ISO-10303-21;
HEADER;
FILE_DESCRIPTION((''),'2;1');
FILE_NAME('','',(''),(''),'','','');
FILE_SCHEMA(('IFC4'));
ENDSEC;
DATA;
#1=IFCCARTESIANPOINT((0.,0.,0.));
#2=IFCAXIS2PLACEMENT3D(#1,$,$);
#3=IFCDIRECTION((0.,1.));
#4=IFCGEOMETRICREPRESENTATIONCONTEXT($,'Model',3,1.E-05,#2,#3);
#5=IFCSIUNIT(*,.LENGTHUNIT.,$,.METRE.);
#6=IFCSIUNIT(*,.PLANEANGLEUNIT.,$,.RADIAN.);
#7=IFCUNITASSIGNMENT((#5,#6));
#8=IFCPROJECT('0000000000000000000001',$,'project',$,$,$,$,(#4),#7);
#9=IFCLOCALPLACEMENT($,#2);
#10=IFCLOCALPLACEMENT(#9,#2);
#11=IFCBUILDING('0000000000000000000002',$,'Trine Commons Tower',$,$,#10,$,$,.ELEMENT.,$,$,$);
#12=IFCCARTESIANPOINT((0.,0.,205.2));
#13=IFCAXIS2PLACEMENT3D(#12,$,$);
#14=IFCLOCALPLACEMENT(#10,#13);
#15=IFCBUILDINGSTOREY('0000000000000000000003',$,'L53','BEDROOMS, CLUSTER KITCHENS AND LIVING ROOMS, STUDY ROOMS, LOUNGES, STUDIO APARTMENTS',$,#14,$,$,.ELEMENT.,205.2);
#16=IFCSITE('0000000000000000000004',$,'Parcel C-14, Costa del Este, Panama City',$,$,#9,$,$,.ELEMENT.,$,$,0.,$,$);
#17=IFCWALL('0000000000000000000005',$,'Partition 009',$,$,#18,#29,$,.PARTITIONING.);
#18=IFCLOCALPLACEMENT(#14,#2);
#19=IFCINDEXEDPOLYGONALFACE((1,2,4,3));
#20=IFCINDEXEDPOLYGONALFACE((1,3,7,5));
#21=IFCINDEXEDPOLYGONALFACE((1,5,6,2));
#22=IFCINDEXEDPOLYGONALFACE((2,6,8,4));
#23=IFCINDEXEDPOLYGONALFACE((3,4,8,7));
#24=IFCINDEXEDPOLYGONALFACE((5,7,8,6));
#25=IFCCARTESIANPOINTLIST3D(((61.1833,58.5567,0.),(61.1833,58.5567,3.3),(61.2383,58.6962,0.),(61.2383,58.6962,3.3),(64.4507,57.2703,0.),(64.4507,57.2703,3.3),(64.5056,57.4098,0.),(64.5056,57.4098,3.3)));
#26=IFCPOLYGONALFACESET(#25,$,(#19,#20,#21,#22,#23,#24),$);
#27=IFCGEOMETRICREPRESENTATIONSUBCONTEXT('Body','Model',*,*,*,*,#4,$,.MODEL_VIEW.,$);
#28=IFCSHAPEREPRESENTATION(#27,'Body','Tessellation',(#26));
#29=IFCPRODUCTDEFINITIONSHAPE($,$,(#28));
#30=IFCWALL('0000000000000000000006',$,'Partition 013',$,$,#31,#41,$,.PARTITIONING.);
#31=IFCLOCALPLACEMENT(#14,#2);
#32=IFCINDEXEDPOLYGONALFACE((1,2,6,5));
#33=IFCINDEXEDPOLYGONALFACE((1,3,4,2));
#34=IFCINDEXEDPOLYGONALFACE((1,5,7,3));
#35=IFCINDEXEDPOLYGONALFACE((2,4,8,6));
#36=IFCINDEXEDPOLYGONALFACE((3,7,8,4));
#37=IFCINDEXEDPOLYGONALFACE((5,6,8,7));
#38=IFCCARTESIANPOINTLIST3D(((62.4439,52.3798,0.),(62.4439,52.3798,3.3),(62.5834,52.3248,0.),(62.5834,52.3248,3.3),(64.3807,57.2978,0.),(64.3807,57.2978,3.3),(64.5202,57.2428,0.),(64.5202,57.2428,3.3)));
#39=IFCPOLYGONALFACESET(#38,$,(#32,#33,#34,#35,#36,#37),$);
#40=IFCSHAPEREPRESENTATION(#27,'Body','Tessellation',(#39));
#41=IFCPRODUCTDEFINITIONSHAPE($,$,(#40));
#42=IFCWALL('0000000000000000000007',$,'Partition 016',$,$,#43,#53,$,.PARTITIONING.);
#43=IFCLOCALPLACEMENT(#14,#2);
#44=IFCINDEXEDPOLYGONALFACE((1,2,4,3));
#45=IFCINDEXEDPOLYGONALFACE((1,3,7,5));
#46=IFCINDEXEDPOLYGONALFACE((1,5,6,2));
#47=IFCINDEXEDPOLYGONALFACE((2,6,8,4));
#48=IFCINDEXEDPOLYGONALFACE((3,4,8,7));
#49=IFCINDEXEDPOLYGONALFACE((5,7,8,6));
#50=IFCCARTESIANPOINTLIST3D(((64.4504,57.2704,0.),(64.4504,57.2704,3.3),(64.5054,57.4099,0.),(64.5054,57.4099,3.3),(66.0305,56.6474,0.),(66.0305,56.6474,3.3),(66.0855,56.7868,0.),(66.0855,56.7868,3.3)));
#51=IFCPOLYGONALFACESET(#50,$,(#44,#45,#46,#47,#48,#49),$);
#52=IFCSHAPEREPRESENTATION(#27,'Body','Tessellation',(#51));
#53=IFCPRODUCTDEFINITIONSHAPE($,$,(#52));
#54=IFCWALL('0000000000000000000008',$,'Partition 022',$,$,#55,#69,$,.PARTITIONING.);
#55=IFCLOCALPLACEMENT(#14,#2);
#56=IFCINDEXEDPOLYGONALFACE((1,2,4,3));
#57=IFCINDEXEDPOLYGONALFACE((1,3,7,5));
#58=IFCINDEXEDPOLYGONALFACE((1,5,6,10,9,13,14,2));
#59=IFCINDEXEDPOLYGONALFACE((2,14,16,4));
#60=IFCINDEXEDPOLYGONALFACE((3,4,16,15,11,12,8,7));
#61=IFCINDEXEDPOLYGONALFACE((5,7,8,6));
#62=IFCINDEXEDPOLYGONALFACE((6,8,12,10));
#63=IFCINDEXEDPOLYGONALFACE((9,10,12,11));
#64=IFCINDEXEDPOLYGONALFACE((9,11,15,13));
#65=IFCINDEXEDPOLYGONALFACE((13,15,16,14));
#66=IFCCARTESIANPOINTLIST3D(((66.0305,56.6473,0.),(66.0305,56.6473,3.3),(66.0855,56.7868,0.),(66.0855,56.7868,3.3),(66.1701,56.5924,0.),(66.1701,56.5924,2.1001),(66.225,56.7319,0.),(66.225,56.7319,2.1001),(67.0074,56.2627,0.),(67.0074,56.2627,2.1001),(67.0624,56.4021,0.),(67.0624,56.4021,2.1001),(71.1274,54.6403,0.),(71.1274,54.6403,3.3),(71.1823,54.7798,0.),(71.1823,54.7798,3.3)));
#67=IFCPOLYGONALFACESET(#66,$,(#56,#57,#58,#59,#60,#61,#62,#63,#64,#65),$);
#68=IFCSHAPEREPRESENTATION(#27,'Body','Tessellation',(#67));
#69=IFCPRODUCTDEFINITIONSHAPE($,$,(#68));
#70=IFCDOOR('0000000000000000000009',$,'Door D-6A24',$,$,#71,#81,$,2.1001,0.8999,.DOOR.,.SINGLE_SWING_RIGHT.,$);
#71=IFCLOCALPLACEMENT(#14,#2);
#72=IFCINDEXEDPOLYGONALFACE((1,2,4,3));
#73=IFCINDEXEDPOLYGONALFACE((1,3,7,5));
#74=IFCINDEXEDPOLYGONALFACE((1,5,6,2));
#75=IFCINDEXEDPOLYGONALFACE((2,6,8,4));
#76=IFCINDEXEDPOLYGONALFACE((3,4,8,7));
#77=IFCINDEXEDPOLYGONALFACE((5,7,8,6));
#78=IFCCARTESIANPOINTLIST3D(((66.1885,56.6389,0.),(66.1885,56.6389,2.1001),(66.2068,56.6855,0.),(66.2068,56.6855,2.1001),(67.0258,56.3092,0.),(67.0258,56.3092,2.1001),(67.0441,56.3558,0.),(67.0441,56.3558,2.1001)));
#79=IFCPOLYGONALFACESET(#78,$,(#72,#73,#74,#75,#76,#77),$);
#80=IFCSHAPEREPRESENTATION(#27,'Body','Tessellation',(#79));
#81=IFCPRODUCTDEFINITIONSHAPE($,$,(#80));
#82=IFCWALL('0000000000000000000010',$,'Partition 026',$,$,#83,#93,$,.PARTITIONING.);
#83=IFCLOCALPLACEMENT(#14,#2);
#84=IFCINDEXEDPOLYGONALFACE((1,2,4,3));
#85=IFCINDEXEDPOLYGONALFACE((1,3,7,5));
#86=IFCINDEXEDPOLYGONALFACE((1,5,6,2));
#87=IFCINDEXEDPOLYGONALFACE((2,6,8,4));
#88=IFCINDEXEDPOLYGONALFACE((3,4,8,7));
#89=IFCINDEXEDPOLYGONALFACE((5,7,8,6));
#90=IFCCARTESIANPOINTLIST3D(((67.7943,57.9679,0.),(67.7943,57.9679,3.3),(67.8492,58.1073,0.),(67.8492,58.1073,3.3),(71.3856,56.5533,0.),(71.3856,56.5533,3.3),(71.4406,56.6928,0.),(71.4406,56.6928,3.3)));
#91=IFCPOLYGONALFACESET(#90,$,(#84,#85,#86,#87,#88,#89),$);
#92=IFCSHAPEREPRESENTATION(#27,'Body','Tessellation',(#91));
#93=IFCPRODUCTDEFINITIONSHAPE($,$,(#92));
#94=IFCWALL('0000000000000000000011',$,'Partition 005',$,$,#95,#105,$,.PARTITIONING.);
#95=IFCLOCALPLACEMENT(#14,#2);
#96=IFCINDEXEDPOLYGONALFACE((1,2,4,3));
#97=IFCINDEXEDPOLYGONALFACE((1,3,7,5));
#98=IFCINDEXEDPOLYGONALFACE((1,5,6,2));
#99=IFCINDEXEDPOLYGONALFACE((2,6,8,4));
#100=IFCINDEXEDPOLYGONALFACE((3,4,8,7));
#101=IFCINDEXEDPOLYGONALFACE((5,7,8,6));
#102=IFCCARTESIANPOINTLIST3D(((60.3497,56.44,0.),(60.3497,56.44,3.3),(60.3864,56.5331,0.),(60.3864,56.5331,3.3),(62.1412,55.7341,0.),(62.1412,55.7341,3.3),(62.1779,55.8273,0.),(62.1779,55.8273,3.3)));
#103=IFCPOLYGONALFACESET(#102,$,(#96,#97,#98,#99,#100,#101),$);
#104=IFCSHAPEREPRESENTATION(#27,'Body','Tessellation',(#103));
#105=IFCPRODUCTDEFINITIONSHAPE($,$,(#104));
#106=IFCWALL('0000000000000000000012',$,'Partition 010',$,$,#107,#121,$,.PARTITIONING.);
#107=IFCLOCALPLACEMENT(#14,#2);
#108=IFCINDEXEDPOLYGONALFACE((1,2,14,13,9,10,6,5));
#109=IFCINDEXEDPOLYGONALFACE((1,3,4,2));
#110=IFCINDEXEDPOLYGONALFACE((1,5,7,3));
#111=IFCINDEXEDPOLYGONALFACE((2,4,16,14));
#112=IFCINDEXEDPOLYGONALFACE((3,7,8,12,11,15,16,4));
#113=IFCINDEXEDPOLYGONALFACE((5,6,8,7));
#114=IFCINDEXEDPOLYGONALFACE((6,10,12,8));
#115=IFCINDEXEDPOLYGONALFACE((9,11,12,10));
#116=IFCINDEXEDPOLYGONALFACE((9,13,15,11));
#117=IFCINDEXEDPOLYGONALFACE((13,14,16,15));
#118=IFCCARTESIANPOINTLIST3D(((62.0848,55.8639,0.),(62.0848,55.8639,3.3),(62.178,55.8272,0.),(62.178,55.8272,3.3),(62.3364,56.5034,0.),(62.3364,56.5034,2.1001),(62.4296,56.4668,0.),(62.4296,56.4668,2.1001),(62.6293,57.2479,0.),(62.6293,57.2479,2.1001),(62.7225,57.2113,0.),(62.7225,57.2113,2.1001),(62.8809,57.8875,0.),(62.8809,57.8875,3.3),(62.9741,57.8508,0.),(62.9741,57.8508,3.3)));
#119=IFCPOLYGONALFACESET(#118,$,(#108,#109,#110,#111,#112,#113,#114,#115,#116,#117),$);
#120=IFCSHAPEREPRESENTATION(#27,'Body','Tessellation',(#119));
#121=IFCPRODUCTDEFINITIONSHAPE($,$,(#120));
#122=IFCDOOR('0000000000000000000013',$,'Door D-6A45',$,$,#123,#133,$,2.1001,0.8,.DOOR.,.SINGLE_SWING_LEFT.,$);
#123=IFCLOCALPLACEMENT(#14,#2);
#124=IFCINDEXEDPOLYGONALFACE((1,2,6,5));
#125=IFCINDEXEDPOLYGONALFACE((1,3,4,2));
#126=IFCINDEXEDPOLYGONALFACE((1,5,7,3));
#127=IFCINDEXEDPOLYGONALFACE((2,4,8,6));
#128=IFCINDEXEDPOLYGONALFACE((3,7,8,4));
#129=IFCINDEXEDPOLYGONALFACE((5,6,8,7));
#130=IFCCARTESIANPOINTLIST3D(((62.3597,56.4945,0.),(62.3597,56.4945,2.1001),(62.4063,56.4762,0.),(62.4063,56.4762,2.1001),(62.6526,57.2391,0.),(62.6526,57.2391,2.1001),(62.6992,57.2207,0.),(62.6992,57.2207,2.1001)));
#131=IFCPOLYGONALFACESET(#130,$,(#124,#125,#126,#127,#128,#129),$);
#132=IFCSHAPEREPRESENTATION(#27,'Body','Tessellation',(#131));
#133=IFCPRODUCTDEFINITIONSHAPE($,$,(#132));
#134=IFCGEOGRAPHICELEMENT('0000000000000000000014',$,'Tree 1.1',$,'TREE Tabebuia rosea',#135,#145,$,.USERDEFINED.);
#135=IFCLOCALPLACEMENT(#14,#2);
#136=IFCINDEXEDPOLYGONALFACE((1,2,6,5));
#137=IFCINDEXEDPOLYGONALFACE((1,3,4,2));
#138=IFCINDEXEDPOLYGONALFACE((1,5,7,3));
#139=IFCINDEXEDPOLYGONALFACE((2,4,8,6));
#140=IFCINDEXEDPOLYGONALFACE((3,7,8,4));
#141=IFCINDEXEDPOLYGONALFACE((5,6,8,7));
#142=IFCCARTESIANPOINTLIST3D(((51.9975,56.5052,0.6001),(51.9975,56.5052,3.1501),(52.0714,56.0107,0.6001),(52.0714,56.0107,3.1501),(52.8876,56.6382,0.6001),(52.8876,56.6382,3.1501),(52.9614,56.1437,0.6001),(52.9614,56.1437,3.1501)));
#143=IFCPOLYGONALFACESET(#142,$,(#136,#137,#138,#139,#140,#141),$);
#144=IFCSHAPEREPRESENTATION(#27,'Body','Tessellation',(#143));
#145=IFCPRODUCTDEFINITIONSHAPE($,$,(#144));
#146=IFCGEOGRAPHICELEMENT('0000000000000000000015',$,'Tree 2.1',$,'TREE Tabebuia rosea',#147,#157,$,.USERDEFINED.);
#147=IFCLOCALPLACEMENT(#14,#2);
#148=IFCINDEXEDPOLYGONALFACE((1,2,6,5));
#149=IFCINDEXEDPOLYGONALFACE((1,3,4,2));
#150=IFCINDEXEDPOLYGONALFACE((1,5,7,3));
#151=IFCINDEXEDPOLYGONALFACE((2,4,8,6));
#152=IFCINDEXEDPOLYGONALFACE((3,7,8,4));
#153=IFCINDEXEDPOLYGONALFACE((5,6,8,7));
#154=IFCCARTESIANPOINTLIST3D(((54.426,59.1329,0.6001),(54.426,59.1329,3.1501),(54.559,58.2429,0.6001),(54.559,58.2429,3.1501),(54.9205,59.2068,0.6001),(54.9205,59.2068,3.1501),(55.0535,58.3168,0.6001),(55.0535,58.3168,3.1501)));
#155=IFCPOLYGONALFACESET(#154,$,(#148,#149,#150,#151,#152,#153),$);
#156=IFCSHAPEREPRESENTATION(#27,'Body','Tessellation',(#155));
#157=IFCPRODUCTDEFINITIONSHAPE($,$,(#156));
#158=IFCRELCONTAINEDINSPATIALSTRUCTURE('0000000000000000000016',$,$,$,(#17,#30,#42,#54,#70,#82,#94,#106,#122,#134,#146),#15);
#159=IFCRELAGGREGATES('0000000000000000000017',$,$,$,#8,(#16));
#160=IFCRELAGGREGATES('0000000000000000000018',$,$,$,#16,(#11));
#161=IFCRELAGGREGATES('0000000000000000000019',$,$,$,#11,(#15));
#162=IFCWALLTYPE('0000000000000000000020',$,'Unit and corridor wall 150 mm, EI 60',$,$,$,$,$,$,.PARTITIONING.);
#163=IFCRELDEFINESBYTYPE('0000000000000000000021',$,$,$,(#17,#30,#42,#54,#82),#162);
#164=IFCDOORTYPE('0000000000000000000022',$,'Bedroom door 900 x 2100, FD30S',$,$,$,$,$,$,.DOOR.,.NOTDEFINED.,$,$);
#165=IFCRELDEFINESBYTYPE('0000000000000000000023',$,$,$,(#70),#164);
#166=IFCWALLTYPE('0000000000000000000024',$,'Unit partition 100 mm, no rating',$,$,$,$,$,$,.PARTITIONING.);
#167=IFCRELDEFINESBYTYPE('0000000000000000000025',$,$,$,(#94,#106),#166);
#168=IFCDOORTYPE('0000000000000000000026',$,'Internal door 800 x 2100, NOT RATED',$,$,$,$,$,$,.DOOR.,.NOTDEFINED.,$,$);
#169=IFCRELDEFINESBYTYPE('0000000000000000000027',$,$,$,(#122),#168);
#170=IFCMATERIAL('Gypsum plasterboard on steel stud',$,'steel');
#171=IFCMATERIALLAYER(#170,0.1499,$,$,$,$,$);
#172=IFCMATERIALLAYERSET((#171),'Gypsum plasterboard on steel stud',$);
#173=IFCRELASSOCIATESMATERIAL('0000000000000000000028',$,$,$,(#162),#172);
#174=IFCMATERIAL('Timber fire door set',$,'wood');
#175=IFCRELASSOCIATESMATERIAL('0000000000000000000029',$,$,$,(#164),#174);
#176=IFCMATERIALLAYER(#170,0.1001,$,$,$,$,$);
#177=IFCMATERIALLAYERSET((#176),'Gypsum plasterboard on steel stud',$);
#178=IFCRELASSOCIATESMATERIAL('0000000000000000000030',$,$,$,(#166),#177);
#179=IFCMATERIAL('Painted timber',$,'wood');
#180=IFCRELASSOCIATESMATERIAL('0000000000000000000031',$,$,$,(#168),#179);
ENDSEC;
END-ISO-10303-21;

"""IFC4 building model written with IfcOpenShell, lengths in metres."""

from ifc_helpers import new_model, si_unit, direction, frame, frame_2d, origin, origin_2d, place, context, subcontext, project, spatial, rectangle, extrude, material, layer, layer_set, type_object, element, fill, save


model = new_model("IFC4")

# Units and contexts
model_context = context("Model", 3, precision=1e-05, world=origin(), true_north=direction((0.0, 1.0)))
body_context = subcontext(model_context, "Body", "Model", "MODEL_VIEW")
ifc_project = project(units=[si_unit("LENGTHUNIT", "METRE"), si_unit("PLANEANGLEUNIT", "RADIAN")], contexts=[model_context])

# Site, building, storey
site_placement = place(None, origin())
site = spatial("IfcSite", under=ifc_project, at=site_placement, Name="Parcel C-14, Costa del Este, Panama City", CompositionType="ELEMENT", RefElevation=0.0)
building_placement = place(site_placement, origin())
building = spatial("IfcBuilding", under=site, at=building_placement, Name="Trine Commons Tower", CompositionType="ELEMENT")
storey_placement = place(building_placement, frame((0.0, 0.0, 205.2)))
storey = spatial("IfcBuildingStorey", under=building, at=storey_placement, Name="L53", Description="BEDROOMS, CLUSTER KITCHENS AND LIVING ROOMS, STUDY ROOMS, LOUNGES, STUDIO APARTMENTS", CompositionType="ELEMENT", Elevation=205.2)

# Shared definitions
ifc_material_1 = material(Name="Gypsum plasterboard on steel stud", Category="steel")
ifc_layer_1 = layer(ifc_material_1, 0.1499)
ifc_layer_set_1 = layer_set([ifc_layer_1], Name="Gypsum plasterboard on steel stud")
wall_type_1 = type_object("IfcWallType", Name="Unit and corridor wall 150 mm, EI 60", PredefinedType="PARTITIONING", material=ifc_layer_set_1)
ifc_material_2 = material(Name="Timber fire door set", Category="wood")
door_type_1 = type_object("IfcDoorType", Name="Bedroom door 900 x 2100, FD30S", OperationType="NOTDEFINED", PredefinedType="DOOR", material=ifc_material_2)

# Walls
wall_1_placement = place(storey_placement, frame((61.2107, 58.6265, 0.0), z_axis=(0.0, 0.0, 1.0), x_axis=(0.930482, -0.366338, 0.0)))
element("IfcWall", 1, at=wall_1_placement, inside=storey, type_object=wall_type_1, Name="Partition 009", PredefinedType="PARTITIONING", context=body_context, shape_type="SweptSolid", body=[
    extrude(rectangle(XDim=3.5115, YDim=0.1499, at=frame_2d((1.7559, 0.0))), origin(), (0.0, 0.0, 1.0), 3.3),
])
wall_2_placement = place(storey_placement, frame((62.5137, 52.3523, 0.0), z_axis=(0.0, 0.0, 1.0), x_axis=(0.366424, 0.930448, 0.0)))
element("IfcWall", 2, at=wall_2_placement, inside=storey, type_object=wall_type_1, Name="Partition 013", PredefinedType="PARTITIONING", context=body_context, shape_type="SweptSolid", body=[
    extrude(rectangle(XDim=5.2856, YDim=0.1499, at=frame_2d((2.6428, 0.0))), origin(), (0.0, 0.0, 1.0), 3.3),
])
wall_3_placement = place(storey_placement, frame((64.478, 57.3401, 0.0), z_axis=(0.0, 0.0, 1.0), x_axis=(0.93029, -0.366826, 0.0)))
element("IfcWall", 3, at=wall_3_placement, inside=storey, type_object=wall_type_1, Name="Partition 016", PredefinedType="PARTITIONING", context=body_context, shape_type="SweptSolid", body=[
    extrude(rectangle(XDim=1.6985, YDim=0.1499, at=frame_2d((0.8491, 0.0))), origin(), (0.0, 0.0, 1.0), 3.3),
])

# Wall, opening, door
wall_4_placement = place(storey_placement, frame((66.0581, 56.717, 0.0), z_axis=(0.0, 0.0, 1.0), x_axis=(0.930458, -0.366398, 0.0)))
wall_4 = element("IfcWall", 4, at=wall_4_placement, inside=storey, type_object=wall_type_1, Name="Partition 022", PredefinedType="PARTITIONING", context=body_context, shape_type="SweptSolid", body=[
    extrude(rectangle(XDim=5.4778, YDim=0.1499, at=frame_2d((2.7388, 0.0))), origin(), (0.0, 0.0, 1.0), 3.3),
])
opening_1_placement = place(wall_4_placement, frame((0.1499, 0.0, 0.0)))
opening_1 = element("IfcOpeningElement", 5, at=opening_1_placement, cuts=wall_4, PredefinedType="OPENING", context=body_context, shape_type="SweptSolid", body=[
    extrude(rectangle(XDim=0.8999, YDim=2.1001, at=frame_2d((0.45, 1.05))), frame((0.0, 0.085, 0.0), z_axis=(0.0, -1.0, 0.0), x_axis=(1.0, 0.0, 0.0)), (0.0, 0.0, 1.0), 0.1699),
])
door_1_placement = place(opening_1_placement, frame((0.8999, 0.0, 0.0), z_axis=(0.0, 0.0, 1.0), x_axis=(-1.0, 0.0, 0.0)))
door_1 = element("IfcDoor", 6, at=door_1_placement, inside=storey, type_object=door_type_1, Name="Door D-6A24", OperationType="SINGLE_SWING_RIGHT", OverallHeight=2.1001, OverallWidth=0.8999, PredefinedType="DOOR", context=body_context, shape_type="SweptSolid", body=[
    extrude(rectangle(XDim=0.8999, YDim=2.1001, at=frame_2d((0.45, 1.05))), frame((0.0, 0.0249, 0.0), z_axis=(0.0, -1.0, 0.0), x_axis=(1.0, 0.0, 0.0)), (0.0, 0.0, 1.0), 0.05),
])
fill(opening_1, door_1)

# Walls
wall_5_placement = place(storey_placement, frame((67.8218, 58.0376, 0.0), z_axis=(0.0, 0.0, 1.0), x_axis=(0.930427, -0.366478, 0.0)))
element("IfcWall", 7, at=wall_5_placement, inside=storey, type_object=wall_type_1, Name="Partition 026", PredefinedType="PARTITIONING", context=body_context, shape_type="SweptSolid", body=[
    extrude(rectangle(XDim=3.8599, YDim=0.1499, at=frame_2d((1.9299, 0.0))), origin(), (0.0, 0.0, 1.0), 3.3),
])
ifc_layer_2 = layer(ifc_material_1, 0.1001)
ifc_layer_set_2 = layer_set([ifc_layer_2], Name="Gypsum plasterboard on steel stud")
wall_type_2 = type_object("IfcWallType", Name="Unit partition 100 mm, no rating", PredefinedType="PARTITIONING", material=ifc_layer_set_2)
wall_6_placement = place(storey_placement, frame((60.3679, 56.4866, 0.0), z_axis=(0.0, 0.0, 1.0), x_axis=(0.930397, -0.366554, 0.0)))
element("IfcWall", 8, at=wall_6_placement, inside=storey, type_object=wall_type_2, Name="Partition 005", PredefinedType="PARTITIONING", context=body_context, shape_type="SweptSolid", body=[
    extrude(rectangle(XDim=1.9255, YDim=0.1001, at=frame_2d((0.9629, 0.0))), origin(), (0.0, 0.0, 1.0), 3.3),
])

# Wall, opening, door
wall_7_placement = place(storey_placement, frame((62.1313, 55.8455, 0.0), z_axis=(0.0, 0.0, 1.0), x_axis=(0.3661, 0.930575, 0.0)))
wall_7 = element("IfcWall", 9, at=wall_7_placement, inside=storey, type_object=wall_type_2, Name="Partition 010", PredefinedType="PARTITIONING", context=body_context, shape_type="SweptSolid", body=[
    extrude(rectangle(XDim=2.1746, YDim=0.1001, at=frame_2d((1.0874, 0.0))), origin(), (0.0, 0.0, 1.0), 3.3),
])
opening_2_placement = place(wall_7_placement, frame((0.6875, 0.0, 0.0)))
opening_2 = element("IfcOpeningElement", 10, at=opening_2_placement, cuts=wall_7, PredefinedType="OPENING", context=body_context, shape_type="SweptSolid", body=[
    extrude(rectangle(XDim=0.8, YDim=2.1001, at=frame_2d((0.3999, 1.05))), frame((0.0, 0.0601, 0.0), z_axis=(0.0, -1.0, 0.0), x_axis=(1.0, 0.0, 0.0)), (0.0, 0.0, 1.0), 0.1201),
])
ifc_material_3 = material(Name="Painted timber", Category="wood")
door_type_2 = type_object("IfcDoorType", Name="Internal door 800 x 2100, NOT RATED", OperationType="NOTDEFINED", PredefinedType="DOOR", material=ifc_material_3)
door_2_placement = place(opening_2_placement, frame((0.8, 0.0, 0.0), z_axis=(0.0, 0.0, 1.0), x_axis=(-1.0, 0.0, 0.0)))
door_2 = element("IfcDoor", 11, at=door_2_placement, inside=storey, type_object=door_type_2, Name="Door D-6A45", OperationType="SINGLE_SWING_LEFT", OverallHeight=2.1001, OverallWidth=0.8, PredefinedType="DOOR", context=body_context, shape_type="SweptSolid", body=[
    extrude(rectangle(XDim=0.8, YDim=2.1001, at=frame_2d((0.3999, 1.05))), frame((0.0, 0.0249, 0.0), z_axis=(0.0, -1.0, 0.0), x_axis=(1.0, 0.0, 0.0)), (0.0, 0.0, 1.0), 0.05),
])
fill(opening_2, door_2)

# Geographic elements
for number, where, z_axis, x_axis, name in (
    (12, (52.4795, 56.3245, 0.6001), (0.0, 0.0, 1.0), (0.989019, 0.14779, 0.0), "Tree 1.1"),
    (13, (54.7397, 58.7249, 0.6001), (0.0, 0.0, 1.0), (-0.147813, 0.989015, 0.0), "Tree 2.1"),
):
    element("IfcGeographicElement", number, at=place(storey_placement, frame(where, z_axis=z_axis, x_axis=x_axis)), inside=storey, Name=name, ObjectType="TREE Tabebuia rosea", PredefinedType="USERDEFINED", context=body_context, shape_type="SweptSolid", body=[
        extrude(rectangle(XDim=0.8999, YDim=0.5, at=origin_2d()), origin(), (0.0, 0.0, 1.0), 2.55),
    ])

save(model, "model.ifc")
